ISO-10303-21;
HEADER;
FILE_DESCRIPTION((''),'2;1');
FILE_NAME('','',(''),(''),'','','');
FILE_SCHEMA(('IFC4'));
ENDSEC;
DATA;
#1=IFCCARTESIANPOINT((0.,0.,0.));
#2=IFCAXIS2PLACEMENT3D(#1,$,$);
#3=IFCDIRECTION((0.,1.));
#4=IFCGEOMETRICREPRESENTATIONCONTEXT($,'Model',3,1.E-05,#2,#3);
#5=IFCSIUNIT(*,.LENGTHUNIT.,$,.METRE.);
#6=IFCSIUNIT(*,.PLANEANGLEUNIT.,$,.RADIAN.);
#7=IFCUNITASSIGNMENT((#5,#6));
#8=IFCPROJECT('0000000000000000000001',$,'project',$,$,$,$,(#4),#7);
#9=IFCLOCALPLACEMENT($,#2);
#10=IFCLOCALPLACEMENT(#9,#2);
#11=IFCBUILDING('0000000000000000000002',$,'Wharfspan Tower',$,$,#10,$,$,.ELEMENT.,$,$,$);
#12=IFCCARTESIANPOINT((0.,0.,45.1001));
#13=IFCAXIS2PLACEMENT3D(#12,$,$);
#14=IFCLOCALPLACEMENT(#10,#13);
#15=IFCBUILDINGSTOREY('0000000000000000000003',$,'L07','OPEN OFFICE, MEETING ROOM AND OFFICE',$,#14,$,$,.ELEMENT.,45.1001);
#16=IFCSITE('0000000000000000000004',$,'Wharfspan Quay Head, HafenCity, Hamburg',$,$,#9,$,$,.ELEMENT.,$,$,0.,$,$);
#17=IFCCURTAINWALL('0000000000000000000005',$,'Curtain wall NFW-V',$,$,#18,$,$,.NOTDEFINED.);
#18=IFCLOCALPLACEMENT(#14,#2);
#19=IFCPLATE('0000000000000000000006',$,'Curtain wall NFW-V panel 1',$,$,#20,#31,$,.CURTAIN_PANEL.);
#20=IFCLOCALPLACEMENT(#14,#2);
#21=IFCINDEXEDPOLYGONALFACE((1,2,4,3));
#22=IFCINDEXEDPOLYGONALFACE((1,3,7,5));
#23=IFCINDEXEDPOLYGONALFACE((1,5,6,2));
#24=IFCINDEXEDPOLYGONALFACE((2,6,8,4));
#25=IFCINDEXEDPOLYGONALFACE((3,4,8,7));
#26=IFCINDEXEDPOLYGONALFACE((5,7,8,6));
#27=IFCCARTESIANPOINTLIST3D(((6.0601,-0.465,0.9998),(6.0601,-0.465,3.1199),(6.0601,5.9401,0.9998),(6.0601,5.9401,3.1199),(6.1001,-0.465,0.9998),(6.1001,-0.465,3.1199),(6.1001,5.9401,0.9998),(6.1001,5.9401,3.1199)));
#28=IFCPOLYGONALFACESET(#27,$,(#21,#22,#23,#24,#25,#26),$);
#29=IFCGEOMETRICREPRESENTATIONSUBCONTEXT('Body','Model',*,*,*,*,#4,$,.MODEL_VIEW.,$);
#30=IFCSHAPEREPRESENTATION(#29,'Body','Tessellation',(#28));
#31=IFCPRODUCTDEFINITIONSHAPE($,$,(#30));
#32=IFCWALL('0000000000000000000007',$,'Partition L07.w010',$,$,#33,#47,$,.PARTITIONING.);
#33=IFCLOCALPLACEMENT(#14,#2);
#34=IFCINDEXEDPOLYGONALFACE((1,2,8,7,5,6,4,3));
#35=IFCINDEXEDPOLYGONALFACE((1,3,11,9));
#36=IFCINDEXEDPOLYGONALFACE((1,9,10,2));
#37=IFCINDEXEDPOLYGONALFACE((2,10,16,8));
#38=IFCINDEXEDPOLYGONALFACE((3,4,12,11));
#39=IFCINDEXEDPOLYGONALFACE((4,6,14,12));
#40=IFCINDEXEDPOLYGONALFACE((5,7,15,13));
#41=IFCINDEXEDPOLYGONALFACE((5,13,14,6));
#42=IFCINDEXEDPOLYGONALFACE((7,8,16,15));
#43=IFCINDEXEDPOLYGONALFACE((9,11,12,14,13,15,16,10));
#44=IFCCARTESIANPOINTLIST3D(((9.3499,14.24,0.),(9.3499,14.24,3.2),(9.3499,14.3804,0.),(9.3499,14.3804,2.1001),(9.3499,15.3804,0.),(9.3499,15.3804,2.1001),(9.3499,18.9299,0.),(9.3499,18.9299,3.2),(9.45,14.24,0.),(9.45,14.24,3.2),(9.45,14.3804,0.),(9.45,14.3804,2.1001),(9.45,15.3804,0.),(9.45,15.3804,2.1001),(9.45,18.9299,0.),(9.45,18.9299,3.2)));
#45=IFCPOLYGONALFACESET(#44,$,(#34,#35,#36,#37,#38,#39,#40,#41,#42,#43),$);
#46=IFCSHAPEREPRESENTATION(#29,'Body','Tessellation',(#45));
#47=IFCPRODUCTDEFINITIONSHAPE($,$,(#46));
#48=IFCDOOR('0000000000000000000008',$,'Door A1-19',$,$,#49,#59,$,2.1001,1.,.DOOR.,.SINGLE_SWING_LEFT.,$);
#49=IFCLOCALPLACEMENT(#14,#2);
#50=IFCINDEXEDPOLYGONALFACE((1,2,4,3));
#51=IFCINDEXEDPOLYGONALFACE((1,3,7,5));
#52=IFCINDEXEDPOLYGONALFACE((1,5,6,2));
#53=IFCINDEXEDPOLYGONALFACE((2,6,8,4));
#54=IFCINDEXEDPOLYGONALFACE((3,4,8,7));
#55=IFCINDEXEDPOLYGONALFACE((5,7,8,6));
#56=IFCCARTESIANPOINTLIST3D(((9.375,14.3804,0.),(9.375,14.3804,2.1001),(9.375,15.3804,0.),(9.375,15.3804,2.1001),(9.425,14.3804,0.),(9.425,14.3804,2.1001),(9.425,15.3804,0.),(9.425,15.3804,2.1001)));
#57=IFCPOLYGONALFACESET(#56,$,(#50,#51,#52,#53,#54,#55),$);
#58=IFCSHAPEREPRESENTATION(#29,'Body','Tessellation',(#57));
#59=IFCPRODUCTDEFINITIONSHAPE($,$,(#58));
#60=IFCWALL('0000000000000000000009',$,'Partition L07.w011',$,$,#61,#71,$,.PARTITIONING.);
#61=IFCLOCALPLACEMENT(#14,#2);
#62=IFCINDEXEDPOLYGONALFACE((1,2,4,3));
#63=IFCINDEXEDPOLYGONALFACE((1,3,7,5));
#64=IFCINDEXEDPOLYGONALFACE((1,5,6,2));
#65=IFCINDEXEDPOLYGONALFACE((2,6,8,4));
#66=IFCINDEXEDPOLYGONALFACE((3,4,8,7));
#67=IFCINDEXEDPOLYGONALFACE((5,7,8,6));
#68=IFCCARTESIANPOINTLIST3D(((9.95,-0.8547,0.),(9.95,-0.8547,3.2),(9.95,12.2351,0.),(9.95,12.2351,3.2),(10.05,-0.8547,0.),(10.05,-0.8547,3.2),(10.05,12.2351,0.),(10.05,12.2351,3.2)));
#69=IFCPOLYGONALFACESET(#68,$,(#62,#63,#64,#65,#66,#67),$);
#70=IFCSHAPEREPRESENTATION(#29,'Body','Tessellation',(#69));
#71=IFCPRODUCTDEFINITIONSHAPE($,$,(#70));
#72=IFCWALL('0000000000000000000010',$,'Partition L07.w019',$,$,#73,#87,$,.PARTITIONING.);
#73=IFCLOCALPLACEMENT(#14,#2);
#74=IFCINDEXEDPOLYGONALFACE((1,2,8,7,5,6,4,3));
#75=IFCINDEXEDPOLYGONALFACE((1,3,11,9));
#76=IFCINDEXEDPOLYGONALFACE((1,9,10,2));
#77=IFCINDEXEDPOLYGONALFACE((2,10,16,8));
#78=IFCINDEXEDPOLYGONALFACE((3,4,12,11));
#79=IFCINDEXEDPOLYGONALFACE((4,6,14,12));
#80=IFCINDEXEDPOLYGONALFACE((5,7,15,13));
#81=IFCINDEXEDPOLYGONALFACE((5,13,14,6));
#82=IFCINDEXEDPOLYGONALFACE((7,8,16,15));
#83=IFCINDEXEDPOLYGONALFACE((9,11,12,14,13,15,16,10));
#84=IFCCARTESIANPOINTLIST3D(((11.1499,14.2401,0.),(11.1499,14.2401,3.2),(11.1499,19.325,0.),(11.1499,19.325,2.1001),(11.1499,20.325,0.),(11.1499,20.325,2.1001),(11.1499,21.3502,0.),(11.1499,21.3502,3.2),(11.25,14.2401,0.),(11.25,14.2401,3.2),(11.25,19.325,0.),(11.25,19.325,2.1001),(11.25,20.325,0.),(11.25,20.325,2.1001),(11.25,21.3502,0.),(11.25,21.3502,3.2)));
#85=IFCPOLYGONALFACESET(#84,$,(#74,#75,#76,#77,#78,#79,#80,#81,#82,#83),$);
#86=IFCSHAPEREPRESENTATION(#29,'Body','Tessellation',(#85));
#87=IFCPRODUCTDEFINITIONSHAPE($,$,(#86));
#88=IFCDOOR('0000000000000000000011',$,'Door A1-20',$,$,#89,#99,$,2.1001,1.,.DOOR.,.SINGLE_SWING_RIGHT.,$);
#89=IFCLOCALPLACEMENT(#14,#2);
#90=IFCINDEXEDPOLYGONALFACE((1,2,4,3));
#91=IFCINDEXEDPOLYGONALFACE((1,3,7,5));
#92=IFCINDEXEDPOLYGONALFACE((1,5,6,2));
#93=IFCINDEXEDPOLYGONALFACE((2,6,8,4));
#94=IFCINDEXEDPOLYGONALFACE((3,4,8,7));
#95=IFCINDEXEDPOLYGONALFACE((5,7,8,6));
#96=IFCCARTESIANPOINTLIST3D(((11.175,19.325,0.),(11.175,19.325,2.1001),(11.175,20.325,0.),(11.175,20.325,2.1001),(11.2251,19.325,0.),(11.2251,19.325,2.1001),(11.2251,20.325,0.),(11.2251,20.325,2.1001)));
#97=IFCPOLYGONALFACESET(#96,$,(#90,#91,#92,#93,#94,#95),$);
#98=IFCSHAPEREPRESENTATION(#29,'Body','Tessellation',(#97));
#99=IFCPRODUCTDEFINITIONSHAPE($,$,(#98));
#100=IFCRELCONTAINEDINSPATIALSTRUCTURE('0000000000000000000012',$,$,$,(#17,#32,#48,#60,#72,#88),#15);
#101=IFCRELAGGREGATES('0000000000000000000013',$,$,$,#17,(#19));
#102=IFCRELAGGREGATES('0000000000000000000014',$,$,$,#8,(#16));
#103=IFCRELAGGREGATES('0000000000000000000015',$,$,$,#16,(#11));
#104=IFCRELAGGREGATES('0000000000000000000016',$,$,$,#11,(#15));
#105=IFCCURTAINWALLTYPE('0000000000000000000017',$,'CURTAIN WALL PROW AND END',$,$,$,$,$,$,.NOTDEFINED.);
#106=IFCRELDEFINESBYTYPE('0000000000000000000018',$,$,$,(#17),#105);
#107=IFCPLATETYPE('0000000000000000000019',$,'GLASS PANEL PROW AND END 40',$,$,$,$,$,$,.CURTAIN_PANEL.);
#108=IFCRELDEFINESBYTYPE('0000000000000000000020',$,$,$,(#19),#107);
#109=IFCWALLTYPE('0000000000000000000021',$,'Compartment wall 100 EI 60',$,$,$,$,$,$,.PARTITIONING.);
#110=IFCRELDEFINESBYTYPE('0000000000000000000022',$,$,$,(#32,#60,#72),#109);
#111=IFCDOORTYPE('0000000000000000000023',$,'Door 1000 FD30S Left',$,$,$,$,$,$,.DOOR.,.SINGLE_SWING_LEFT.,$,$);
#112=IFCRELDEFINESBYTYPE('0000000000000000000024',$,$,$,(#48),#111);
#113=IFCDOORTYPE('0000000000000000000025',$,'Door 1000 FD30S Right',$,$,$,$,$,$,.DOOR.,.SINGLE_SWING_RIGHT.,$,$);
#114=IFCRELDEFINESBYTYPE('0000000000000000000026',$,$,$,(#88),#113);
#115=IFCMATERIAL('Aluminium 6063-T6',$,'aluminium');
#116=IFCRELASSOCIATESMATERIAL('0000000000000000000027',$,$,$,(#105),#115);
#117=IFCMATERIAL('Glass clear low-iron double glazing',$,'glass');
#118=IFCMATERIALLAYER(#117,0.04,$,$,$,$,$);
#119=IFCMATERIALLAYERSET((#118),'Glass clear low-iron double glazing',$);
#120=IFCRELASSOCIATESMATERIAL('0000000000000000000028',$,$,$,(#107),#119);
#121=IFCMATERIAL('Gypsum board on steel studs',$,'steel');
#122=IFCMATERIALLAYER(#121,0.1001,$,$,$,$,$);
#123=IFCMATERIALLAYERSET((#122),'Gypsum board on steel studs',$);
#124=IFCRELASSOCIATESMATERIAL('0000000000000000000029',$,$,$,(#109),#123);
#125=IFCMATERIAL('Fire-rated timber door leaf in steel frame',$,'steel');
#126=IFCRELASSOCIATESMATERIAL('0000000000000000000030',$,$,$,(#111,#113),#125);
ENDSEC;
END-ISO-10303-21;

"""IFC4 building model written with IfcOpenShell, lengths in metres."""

from ifc_helpers import new_model, si_unit, direction, frame, frame_2d, origin, origin_2d, place, context, subcontext, project, spatial, rectangle, extrude, material, layer, layer_set, type_object, element, fill, aggregate, save


model = new_model("IFC4")

# Units and contexts
model_context = context("Model", 3, precision=1e-05, world=origin(), true_north=direction((0.0, 1.0)))
body_context = subcontext(model_context, "Body", "Model", "MODEL_VIEW")
ifc_project = project(units=[si_unit("LENGTHUNIT", "METRE"), si_unit("PLANEANGLEUNIT", "RADIAN")], contexts=[model_context])

# Site, building, storey
site_placement = place(None, origin())
site = spatial("IfcSite", under=ifc_project, at=site_placement, Name="Wharfspan Quay Head, HafenCity, Hamburg", CompositionType="ELEMENT", RefElevation=0.0)
building_placement = place(site_placement, origin())
building = spatial("IfcBuilding", under=site, at=building_placement, Name="Wharfspan Tower", CompositionType="ELEMENT")
storey_placement = place(building_placement, frame((0.0, 0.0, 45.1001)))
storey = spatial("IfcBuildingStorey", under=building, at=storey_placement, Name="L07", Description="OPEN OFFICE, MEETING ROOM AND OFFICE", CompositionType="ELEMENT", Elevation=45.1001)

# Shared definitions
ifc_material_1 = material(Name="Aluminium 6063-T6", Category="aluminium")
ifc_material_2 = material(Name="Glass clear low-iron double glazing", Category="glass")

# Curtain wall, plate
curtain_wall_type_1 = type_object("IfcCurtainWallType", Name="CURTAIN WALL PROW AND END", PredefinedType="NOTDEFINED", material=ifc_material_1)
curtain_wall_1_placement = place(storey_placement, origin())
curtain_wall_1 = element("IfcCurtainWall", 1, at=curtain_wall_1_placement, inside=storey, type_object=curtain_wall_type_1, Name="Curtain wall NFW-V", PredefinedType="NOTDEFINED")
ifc_layer_1 = layer(ifc_material_2, 0.04)
ifc_layer_set_1 = layer_set([ifc_layer_1], Name="Glass clear low-iron double glazing")
plate_type_1 = type_object("IfcPlateType", Name="GLASS PANEL PROW AND END 40", PredefinedType="CURTAIN_PANEL", material=ifc_layer_set_1)
plate_1_placement = place(storey_placement, frame((6.0801, 2.7375, 0.9998), z_axis=(0.0, 0.0, 1.0), x_axis=(0.0, -1.0, 0.0)))
plate_1 = element("IfcPlate", 2, at=plate_1_placement, type_object=plate_type_1, Name="Curtain wall NFW-V panel 1", PredefinedType="CURTAIN_PANEL", context=body_context, shape_type="SweptSolid", body=[
    extrude(rectangle(XDim=6.405, YDim=0.04, at=origin_2d()), origin(), (0.0, 0.0, 1.0), 2.1201),
])
aggregate(curtain_wall_1, [plate_1])

# Wall, opening, door
ifc_material_3 = material(Name="Gypsum board on steel studs", Category="steel")
ifc_layer_2 = layer(ifc_material_3, 0.1001)
ifc_layer_set_2 = layer_set([ifc_layer_2], Name="Gypsum board on steel studs")
wall_type = type_object("IfcWallType", Name="Compartment wall 100 EI 60", PredefinedType="PARTITIONING", material=ifc_layer_set_2)
wall_1_placement = place(storey_placement, frame((9.3999, 14.24, 0.0), z_axis=(0.0, 0.0, 1.0), x_axis=(0.0, 1.0, 0.0)))
wall_1 = element("IfcWall", 3, at=wall_1_placement, inside=storey, type_object=wall_type, Name="Partition L07.w010", PredefinedType="PARTITIONING", context=body_context, shape_type="SweptSolid", body=[
    extrude(rectangle(XDim=4.6899, YDim=0.1001, at=frame_2d((2.345, 0.0))), origin(), (0.0, 0.0, 1.0), 3.2),
])
opening_1_placement = place(wall_1_placement, frame((0.1404, 0.0, 0.0)))
opening_1 = element("IfcOpeningElement", 4, at=opening_1_placement, cuts=wall_1, PredefinedType="OPENING", context=body_context, shape_type="SweptSolid", body=[
    extrude(rectangle(XDim=1.0, YDim=2.1001, at=frame_2d((0.5, 1.05))), frame((0.0, 0.0601, 0.0), z_axis=(0.0, -1.0, 0.0), x_axis=(1.0, 0.0, 0.0)), (0.0, 0.0, 1.0), 0.1201),
])
ifc_material_4 = material(Name="Fire-rated timber door leaf in steel frame", Category="steel")
door_type_1 = type_object("IfcDoorType", Name="Door 1000 FD30S Left", OperationType="SINGLE_SWING_LEFT", PredefinedType="DOOR", material=ifc_material_4)
door_1_placement = place(opening_1_placement, origin())
door_1 = element("IfcDoor", 5, at=door_1_placement, inside=storey, type_object=door_type_1, Name="Door A1-19", OperationType="SINGLE_SWING_LEFT", OverallHeight=2.1001, OverallWidth=1.0, PredefinedType="DOOR", context=body_context, shape_type="SweptSolid", body=[
    extrude(rectangle(XDim=1.0, YDim=2.1001, at=frame_2d((0.5, 1.05))), frame((0.0, 0.0249, 0.0), z_axis=(0.0, -1.0, 0.0), x_axis=(1.0, 0.0, 0.0)), (0.0, 0.0, 1.0), 0.05),
])
fill(opening_1, door_1)

# Wall
wall_2_placement = place(storey_placement, frame((10.0, -0.8547, 0.0), z_axis=(0.0, 0.0, 1.0), x_axis=(0.0, 1.0, 0.0)))
element("IfcWall", 6, at=wall_2_placement, inside=storey, type_object=wall_type, Name="Partition L07.w011", PredefinedType="PARTITIONING", context=body_context, shape_type="SweptSolid", body=[
    extrude(rectangle(XDim=13.0898, YDim=0.1001, at=frame_2d((6.5449, 0.0))), origin(), (0.0, 0.0, 1.0), 3.2),
])

# Wall, opening, door
wall_3_placement = place(storey_placement, frame((11.2, 14.24, 0.0), z_axis=(0.0, 0.0, 1.0), x_axis=(0.0, 1.0, 0.0)))
wall_3 = element("IfcWall", 7, at=wall_3_placement, inside=storey, type_object=wall_type, Name="Partition L07.w019", PredefinedType="PARTITIONING", context=body_context, shape_type="SweptSolid", body=[
    extrude(rectangle(XDim=7.1101, YDim=0.1001, at=frame_2d((3.5552, 0.0))), origin(), (0.0, 0.0, 1.0), 3.2),
])
opening_2_placement = place(wall_3_placement, frame((5.085, 0.0, 0.0)))
opening_2 = element("IfcOpeningElement", 8, at=opening_2_placement, cuts=wall_3, PredefinedType="OPENING", context=body_context, shape_type="SweptSolid", body=[
    extrude(rectangle(XDim=1.0, YDim=2.1001, at=frame_2d((0.5, 1.05))), frame((0.0, 0.0601, 0.0), z_axis=(0.0, -1.0, 0.0), x_axis=(1.0, 0.0, 0.0)), (0.0, 0.0, 1.0), 0.1201),
])
door_type_2 = type_object("IfcDoorType", Name="Door 1000 FD30S Right", OperationType="SINGLE_SWING_RIGHT", PredefinedType="DOOR", material=ifc_material_4)
door_2_placement = place(opening_2_placement, origin())
door_2 = element("IfcDoor", 9, at=door_2_placement, inside=storey, type_object=door_type_2, Name="Door A1-20", OperationType="SINGLE_SWING_RIGHT", OverallHeight=2.1001, OverallWidth=1.0, PredefinedType="DOOR", context=body_context, shape_type="SweptSolid", body=[
    extrude(rectangle(XDim=1.0, YDim=2.1001, at=frame_2d((0.5, 1.05))), frame((0.0, 0.0249, 0.0), z_axis=(0.0, -1.0, 0.0), x_axis=(1.0, 0.0, 0.0)), (0.0, 0.0, 1.0), 0.05),
])
fill(opening_2, door_2)

save(model, "model.ifc")
